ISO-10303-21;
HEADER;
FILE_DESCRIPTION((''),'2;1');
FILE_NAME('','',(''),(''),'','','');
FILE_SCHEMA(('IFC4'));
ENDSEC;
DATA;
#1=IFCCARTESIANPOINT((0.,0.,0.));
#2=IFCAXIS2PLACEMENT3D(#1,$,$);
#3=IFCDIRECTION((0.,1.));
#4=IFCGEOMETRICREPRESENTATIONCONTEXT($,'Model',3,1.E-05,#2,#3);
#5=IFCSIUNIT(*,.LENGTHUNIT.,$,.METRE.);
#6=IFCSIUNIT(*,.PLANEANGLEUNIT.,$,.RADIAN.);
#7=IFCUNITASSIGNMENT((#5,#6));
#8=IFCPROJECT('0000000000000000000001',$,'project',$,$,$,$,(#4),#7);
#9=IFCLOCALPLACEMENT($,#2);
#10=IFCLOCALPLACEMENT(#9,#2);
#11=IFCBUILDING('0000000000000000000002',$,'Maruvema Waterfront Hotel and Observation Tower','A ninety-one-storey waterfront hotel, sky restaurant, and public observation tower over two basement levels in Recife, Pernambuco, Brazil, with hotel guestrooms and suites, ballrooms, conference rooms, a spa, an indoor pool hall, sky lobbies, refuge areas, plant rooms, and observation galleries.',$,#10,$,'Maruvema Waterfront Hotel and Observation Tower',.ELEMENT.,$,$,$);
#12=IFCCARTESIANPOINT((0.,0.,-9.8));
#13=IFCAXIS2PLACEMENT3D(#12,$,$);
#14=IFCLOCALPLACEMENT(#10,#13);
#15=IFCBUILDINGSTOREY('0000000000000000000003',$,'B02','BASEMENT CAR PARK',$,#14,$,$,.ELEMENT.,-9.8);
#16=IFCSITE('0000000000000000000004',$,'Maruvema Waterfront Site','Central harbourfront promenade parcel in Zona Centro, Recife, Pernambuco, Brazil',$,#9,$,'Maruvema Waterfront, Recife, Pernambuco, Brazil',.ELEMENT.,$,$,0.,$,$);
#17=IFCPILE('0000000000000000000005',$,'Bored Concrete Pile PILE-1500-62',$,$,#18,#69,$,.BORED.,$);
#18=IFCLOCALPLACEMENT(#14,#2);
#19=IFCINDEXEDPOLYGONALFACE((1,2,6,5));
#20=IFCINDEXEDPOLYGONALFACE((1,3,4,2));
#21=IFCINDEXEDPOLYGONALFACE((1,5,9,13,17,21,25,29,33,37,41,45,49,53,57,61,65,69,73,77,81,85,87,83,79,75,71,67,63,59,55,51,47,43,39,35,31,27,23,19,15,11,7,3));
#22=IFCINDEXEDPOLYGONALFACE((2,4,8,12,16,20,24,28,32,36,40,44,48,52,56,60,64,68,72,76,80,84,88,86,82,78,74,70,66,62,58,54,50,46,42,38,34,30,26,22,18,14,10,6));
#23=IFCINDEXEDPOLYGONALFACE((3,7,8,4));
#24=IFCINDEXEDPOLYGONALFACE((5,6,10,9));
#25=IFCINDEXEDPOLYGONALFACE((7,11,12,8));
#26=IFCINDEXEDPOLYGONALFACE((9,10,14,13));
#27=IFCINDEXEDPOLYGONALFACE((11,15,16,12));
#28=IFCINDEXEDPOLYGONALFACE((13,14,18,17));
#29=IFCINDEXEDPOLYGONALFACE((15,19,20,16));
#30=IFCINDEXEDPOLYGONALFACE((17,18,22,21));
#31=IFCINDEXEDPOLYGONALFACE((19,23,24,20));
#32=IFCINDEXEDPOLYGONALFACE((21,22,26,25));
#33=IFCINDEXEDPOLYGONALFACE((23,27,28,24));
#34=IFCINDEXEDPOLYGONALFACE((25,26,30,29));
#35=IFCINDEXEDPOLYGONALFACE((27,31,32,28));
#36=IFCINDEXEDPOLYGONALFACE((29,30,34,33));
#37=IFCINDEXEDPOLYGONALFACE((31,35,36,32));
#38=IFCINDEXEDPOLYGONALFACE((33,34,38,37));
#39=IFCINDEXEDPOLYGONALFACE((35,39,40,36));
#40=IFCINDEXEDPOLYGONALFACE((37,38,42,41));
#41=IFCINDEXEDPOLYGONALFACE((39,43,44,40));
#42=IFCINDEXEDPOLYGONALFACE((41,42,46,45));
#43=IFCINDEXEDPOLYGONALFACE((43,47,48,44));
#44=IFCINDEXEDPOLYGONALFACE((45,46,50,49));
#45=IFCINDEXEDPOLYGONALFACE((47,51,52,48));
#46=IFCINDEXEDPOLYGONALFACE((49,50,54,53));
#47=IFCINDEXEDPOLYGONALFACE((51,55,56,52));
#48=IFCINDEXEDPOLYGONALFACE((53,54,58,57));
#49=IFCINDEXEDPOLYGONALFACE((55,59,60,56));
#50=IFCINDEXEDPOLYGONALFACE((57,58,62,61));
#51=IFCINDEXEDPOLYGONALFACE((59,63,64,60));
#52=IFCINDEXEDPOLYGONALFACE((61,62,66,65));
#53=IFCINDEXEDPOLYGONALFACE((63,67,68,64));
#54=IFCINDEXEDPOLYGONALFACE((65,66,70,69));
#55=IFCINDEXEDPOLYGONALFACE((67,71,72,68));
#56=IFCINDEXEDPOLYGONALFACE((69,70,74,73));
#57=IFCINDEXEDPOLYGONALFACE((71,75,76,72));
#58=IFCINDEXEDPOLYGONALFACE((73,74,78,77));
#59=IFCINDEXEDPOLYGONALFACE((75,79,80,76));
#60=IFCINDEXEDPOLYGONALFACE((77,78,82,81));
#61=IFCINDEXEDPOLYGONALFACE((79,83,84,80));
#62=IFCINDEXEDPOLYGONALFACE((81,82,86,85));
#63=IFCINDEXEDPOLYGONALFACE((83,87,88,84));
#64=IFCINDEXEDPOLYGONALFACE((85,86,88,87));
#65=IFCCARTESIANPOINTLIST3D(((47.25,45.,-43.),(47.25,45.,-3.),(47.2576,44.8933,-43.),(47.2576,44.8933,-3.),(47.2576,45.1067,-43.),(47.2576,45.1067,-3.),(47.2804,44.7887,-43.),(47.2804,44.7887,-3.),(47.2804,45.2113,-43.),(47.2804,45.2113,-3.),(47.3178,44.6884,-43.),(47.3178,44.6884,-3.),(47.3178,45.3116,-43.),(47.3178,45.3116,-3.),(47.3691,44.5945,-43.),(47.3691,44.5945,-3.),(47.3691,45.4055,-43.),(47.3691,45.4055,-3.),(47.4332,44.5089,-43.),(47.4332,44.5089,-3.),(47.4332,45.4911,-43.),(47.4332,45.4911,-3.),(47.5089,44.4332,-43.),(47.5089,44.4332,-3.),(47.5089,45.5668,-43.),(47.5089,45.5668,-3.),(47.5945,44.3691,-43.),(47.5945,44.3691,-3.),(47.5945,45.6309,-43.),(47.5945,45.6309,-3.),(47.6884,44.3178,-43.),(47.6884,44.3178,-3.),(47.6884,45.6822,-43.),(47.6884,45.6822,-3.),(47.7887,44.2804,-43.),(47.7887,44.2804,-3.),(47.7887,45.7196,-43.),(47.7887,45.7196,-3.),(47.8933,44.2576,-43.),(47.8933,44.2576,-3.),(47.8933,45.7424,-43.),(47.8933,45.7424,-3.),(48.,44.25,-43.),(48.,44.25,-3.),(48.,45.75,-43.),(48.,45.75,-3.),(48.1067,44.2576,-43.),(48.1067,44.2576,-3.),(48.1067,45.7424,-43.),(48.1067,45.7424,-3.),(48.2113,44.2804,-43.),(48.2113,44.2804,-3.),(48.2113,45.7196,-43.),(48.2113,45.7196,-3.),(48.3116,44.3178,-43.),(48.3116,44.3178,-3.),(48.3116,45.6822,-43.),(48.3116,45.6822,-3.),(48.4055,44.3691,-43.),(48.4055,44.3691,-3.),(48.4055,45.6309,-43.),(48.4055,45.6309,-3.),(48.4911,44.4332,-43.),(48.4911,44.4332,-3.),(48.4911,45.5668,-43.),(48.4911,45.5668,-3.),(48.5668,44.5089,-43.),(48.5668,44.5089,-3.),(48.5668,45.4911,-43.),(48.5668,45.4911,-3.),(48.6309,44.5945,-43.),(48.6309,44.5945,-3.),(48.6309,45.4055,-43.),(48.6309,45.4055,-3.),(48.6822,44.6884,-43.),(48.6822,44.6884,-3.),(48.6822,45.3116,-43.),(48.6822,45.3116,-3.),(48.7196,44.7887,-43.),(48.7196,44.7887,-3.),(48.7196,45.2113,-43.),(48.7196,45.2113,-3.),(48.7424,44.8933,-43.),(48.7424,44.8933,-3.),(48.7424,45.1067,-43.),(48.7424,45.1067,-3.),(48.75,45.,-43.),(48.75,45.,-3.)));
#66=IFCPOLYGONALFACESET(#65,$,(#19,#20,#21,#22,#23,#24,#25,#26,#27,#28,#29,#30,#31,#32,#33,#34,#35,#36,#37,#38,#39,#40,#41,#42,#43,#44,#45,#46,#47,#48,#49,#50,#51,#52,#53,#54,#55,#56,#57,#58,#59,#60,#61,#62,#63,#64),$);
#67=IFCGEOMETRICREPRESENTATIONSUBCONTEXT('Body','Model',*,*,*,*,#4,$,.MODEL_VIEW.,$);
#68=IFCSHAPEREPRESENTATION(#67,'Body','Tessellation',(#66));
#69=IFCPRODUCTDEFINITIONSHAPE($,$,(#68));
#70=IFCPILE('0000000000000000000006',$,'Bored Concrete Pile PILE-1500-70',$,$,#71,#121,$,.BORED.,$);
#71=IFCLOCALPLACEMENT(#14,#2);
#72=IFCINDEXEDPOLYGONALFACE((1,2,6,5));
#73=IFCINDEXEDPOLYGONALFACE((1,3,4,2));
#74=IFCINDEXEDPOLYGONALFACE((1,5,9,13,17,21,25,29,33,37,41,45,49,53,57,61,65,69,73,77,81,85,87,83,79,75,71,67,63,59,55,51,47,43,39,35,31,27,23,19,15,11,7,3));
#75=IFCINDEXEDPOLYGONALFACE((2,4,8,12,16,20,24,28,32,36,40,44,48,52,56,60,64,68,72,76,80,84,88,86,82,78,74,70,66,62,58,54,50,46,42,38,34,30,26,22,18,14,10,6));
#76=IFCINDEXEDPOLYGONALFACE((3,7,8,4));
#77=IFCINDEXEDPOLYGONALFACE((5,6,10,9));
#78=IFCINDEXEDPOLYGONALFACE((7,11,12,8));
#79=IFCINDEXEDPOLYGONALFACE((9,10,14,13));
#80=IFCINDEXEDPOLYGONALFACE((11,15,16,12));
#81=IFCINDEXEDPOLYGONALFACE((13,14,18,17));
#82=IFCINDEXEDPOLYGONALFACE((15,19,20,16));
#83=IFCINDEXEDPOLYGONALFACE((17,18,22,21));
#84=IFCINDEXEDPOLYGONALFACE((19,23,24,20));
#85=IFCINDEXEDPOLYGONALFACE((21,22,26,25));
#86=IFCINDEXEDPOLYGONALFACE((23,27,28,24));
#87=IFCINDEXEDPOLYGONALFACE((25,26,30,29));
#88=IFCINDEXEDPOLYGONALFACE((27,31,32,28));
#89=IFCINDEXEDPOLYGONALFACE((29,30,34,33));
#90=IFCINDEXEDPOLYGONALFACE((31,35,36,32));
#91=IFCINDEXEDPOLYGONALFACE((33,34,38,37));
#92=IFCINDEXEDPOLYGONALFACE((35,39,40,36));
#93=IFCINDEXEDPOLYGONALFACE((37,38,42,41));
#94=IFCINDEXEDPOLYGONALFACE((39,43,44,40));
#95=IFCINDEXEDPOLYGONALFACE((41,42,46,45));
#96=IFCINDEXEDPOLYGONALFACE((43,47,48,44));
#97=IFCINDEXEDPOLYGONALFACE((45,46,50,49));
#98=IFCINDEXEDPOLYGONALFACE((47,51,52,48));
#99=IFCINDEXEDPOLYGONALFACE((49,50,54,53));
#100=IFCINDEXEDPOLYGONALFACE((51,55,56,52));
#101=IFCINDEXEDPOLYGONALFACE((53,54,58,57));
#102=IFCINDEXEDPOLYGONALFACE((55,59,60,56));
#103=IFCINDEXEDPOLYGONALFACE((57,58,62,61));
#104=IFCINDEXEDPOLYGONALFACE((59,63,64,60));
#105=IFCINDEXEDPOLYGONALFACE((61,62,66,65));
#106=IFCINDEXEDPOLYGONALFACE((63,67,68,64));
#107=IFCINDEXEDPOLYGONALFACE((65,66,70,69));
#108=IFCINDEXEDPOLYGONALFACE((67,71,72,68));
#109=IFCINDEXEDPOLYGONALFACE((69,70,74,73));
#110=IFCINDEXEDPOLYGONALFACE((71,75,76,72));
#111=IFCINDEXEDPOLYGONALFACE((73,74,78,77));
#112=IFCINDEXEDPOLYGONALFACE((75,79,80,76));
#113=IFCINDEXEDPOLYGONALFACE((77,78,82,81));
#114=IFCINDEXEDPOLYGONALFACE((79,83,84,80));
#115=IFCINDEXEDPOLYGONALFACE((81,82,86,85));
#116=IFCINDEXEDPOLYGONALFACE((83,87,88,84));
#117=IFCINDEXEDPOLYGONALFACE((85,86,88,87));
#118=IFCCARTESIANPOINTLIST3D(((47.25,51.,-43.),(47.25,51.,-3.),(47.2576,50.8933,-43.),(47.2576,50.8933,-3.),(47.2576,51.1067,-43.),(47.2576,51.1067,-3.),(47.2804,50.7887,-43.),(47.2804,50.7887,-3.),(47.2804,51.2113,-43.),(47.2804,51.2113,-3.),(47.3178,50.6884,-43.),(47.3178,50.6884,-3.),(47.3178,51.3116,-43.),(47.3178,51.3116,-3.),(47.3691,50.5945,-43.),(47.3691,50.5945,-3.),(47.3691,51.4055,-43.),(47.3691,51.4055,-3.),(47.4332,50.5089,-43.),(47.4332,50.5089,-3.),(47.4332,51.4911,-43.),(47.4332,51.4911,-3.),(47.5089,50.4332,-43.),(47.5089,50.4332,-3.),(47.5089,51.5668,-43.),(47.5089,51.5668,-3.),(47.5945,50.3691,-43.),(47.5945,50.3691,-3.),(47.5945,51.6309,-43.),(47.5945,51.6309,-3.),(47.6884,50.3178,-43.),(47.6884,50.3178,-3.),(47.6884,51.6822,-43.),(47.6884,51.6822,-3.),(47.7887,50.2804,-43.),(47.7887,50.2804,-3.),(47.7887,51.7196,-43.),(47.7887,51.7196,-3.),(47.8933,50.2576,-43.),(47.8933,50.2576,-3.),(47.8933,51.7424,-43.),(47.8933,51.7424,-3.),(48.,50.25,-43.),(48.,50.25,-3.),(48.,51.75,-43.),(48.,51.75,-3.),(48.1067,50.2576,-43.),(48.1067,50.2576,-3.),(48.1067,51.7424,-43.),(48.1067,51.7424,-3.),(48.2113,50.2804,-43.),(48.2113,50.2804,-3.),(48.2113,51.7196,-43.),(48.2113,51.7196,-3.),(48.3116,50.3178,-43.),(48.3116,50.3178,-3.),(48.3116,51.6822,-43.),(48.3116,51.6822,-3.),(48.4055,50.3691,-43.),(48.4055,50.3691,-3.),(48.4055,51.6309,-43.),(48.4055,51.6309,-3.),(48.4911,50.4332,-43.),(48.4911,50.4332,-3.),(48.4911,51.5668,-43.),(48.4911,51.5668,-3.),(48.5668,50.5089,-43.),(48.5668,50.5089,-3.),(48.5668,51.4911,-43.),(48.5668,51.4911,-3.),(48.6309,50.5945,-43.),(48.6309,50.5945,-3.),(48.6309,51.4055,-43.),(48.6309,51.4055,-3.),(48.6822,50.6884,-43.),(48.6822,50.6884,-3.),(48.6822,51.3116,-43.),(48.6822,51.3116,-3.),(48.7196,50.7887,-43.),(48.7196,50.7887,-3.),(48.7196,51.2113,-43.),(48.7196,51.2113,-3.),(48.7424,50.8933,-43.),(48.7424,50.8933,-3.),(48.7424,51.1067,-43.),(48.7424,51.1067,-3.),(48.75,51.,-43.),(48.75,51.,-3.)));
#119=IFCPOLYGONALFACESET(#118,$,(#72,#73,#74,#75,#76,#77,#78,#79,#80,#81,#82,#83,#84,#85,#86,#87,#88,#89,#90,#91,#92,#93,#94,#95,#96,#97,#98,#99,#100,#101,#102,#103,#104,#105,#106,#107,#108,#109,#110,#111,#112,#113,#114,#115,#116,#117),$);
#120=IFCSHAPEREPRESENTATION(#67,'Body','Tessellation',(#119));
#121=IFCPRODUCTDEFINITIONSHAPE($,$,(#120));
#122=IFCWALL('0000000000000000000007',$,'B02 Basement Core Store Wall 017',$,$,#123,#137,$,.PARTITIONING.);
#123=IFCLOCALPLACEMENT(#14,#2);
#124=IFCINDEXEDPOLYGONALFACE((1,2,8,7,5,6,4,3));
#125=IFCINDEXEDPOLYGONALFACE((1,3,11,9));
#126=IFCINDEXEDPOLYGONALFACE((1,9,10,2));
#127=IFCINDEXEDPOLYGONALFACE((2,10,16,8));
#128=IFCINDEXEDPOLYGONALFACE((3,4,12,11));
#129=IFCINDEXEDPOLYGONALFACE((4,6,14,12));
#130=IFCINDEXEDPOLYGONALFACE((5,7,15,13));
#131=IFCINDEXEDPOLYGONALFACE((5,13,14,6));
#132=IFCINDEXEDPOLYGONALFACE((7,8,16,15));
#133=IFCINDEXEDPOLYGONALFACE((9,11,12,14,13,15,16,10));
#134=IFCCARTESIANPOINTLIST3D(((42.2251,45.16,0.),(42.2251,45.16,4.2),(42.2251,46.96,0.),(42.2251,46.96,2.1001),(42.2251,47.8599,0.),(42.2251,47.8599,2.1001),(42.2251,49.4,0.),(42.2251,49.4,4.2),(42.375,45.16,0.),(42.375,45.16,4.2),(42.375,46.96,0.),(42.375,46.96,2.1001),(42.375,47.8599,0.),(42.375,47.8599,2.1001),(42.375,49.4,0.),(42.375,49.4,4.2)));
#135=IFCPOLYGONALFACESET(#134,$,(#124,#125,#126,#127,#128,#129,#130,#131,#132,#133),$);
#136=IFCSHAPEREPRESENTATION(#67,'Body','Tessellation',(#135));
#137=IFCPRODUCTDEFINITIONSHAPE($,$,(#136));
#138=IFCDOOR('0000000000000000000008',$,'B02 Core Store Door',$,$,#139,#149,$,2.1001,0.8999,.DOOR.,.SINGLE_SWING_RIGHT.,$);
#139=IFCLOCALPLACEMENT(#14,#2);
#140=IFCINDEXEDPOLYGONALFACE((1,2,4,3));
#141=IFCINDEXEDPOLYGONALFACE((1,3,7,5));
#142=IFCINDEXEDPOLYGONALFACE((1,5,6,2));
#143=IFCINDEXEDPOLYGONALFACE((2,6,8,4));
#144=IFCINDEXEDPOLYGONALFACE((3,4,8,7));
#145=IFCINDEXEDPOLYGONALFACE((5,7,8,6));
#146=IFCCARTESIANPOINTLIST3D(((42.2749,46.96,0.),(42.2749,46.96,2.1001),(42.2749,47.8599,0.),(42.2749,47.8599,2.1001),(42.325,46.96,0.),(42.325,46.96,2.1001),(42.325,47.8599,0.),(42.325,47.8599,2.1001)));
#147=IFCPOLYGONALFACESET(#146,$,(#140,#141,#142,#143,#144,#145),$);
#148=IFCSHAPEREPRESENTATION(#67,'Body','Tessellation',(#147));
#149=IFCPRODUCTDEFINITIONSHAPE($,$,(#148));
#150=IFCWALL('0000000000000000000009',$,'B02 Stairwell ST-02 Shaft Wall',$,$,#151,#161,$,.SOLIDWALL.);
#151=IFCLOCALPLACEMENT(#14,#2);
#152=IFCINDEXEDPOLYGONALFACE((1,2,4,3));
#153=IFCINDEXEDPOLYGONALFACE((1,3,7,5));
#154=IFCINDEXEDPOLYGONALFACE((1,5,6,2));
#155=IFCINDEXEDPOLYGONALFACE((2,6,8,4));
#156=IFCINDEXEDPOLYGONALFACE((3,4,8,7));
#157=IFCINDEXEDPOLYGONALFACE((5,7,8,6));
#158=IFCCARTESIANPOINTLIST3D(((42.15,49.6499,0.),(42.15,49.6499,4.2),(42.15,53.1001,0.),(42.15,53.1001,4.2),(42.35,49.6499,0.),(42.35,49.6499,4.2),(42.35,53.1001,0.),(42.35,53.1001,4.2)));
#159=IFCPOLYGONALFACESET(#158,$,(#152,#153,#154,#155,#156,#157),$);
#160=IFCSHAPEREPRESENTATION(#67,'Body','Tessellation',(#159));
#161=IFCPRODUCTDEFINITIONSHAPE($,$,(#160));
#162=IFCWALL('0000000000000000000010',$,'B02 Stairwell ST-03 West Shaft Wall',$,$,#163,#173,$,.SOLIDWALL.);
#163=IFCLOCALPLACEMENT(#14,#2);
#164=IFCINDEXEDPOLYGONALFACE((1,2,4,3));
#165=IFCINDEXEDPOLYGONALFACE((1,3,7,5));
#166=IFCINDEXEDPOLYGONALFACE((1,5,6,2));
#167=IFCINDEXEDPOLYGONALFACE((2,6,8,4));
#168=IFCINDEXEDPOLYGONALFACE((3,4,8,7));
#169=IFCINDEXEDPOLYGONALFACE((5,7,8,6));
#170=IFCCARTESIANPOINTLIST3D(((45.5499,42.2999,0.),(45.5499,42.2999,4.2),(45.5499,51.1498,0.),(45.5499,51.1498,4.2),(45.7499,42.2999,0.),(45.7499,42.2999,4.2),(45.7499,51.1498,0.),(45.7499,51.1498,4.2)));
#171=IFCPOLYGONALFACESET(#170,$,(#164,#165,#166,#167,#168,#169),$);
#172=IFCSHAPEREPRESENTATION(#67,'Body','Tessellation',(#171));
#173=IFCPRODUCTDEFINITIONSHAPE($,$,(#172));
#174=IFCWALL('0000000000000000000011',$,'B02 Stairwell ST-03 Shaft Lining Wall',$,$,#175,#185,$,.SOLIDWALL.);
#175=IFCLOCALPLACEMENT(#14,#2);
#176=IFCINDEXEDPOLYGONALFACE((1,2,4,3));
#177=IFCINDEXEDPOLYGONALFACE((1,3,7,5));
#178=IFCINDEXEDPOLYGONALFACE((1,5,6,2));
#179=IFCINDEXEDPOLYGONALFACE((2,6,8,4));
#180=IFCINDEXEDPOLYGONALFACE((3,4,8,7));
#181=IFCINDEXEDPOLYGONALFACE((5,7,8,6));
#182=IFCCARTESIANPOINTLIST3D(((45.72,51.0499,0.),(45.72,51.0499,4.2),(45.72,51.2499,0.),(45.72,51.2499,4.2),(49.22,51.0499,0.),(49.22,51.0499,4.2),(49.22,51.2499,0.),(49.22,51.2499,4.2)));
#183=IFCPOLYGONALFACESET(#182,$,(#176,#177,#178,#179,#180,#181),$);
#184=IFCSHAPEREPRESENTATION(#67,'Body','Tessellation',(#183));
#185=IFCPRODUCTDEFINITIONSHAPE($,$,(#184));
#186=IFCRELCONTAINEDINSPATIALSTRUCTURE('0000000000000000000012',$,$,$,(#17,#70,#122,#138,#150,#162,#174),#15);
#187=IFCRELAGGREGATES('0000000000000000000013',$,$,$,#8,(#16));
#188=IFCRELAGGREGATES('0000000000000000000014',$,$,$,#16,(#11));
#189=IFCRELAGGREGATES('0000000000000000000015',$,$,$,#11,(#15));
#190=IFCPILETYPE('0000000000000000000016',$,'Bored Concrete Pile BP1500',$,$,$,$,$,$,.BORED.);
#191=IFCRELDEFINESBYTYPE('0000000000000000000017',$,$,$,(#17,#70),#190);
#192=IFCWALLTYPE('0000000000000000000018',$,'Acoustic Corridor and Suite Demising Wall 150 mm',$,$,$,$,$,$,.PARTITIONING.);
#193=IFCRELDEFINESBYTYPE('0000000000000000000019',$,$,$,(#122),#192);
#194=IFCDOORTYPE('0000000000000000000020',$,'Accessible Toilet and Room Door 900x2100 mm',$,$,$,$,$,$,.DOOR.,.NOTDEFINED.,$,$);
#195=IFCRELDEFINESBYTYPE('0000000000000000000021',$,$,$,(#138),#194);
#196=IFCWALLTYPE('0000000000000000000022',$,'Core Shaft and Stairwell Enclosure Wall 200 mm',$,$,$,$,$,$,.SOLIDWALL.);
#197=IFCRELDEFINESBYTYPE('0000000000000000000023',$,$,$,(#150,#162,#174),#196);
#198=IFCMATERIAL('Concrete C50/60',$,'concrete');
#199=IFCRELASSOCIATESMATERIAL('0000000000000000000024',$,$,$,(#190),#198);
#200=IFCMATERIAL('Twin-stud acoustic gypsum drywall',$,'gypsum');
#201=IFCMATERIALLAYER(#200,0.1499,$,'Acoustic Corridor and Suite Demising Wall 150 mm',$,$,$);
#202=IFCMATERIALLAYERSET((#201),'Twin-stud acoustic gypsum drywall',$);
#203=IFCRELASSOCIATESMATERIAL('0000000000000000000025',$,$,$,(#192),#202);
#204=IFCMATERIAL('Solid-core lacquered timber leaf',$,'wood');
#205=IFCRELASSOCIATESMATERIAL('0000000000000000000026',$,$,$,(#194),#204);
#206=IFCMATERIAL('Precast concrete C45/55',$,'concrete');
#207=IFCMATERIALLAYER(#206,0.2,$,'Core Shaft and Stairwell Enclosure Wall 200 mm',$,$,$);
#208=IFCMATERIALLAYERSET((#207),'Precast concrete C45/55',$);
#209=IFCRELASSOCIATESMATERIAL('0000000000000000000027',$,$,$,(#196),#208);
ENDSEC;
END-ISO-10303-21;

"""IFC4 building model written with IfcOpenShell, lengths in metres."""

from ifc_helpers import new_model, si_unit, direction, frame, frame_2d, origin, origin_2d, place, context, subcontext, project, spatial, rectangle, circle, extrude, material, layer, layer_set, material_profile, profile_set, type_object, element, fill, save


model = new_model("IFC4")

# Units and contexts
model_context = context("Model", 3, precision=1e-05, world=origin(), true_north=direction((0.0, 1.0)))
body_context = subcontext(model_context, "Body", "Model", "MODEL_VIEW")
ifc_project = project(units=[si_unit("LENGTHUNIT", "METRE"), si_unit("PLANEANGLEUNIT", "RADIAN")], contexts=[model_context])

# Site, building, storey
site_placement = place(None, origin())
site = spatial("IfcSite", under=ifc_project, at=site_placement, Name="Maruvema Waterfront Site", Description="Central harbourfront promenade parcel in Zona Centro, Recife, Pernambuco, Brazil", LongName="Maruvema Waterfront, Recife, Pernambuco, Brazil", CompositionType="ELEMENT", RefElevation=0.0)
building_placement = place(site_placement, origin())
building = spatial("IfcBuilding", under=site, at=building_placement, Name="Maruvema Waterfront Hotel and Observation Tower", Description="A ninety-one-storey waterfront hotel, sky restaurant, and public observation tower over two basement levels in Recife, Pernambuco, Brazil, with hotel guestrooms and suites, ballrooms, conference rooms, a spa, an indoor pool hall, sky lobbies, refuge areas, plant rooms, and observation galleries.", LongName="Maruvema Waterfront Hotel and Observation Tower", CompositionType="ELEMENT")
storey_placement = place(building_placement, frame((0.0, 0.0, -9.8)))
storey = spatial("IfcBuildingStorey", under=building, at=storey_placement, Name="B02", Description="BASEMENT CAR PARK", CompositionType="ELEMENT", Elevation=-9.8)

# Piles
ifc_material_1 = material(Name="Concrete C50/60", Category="concrete")
ifc_material_profile = material_profile(ifc_material_1, circle(Radius=0.75, at=origin_2d()), Name="BP1500")
ifc_profile_set = profile_set([ifc_material_profile], Name="Concrete C50/60")
pile_type = type_object("IfcPileType", Name="Bored Concrete Pile BP1500", PredefinedType="BORED", material=ifc_profile_set)
for number, where, z_axis, x_axis, name in (
    (1, (48.0, 45.0, -3.0), (0.0, 0.0, -1.0), (1.0, 0.0, 0.0), "Bored Concrete Pile PILE-1500-62"),
    (2, (48.0, 51.0, -3.0), (0.0, 0.0, -1.0), (1.0, 0.0, 0.0), "Bored Concrete Pile PILE-1500-70"),
):
    element("IfcPile", number, at=place(storey_placement, frame(where, z_axis=z_axis, x_axis=x_axis)), inside=storey, type_object=pile_type, Name=name, PredefinedType="BORED", context=body_context, shape_type="SweptSolid", body=[
        extrude(circle(Radius=0.75, at=origin_2d()), origin(), (0.0, 0.0, 1.0), 40.0),
    ])

# Wall, opening, door
ifc_material_2 = material(Name="Twin-stud acoustic gypsum drywall", Category="gypsum")
ifc_layer_1 = layer(ifc_material_2, 0.1499, Name="Acoustic Corridor and Suite Demising Wall 150 mm")
ifc_layer_set_1 = layer_set([ifc_layer_1], Name="Twin-stud acoustic gypsum drywall")
wall_type_1 = type_object("IfcWallType", Name="Acoustic Corridor and Suite Demising Wall 150 mm", PredefinedType="PARTITIONING", material=ifc_layer_set_1)
wall_1_placement = place(storey_placement, frame((42.3, 45.1599, 0.0), z_axis=(0.0, 0.0, 1.0), x_axis=(0.0, 1.0, 0.0)))
wall_1 = element("IfcWall", 3, at=wall_1_placement, inside=storey, type_object=wall_type_1, Name="B02 Basement Core Store Wall 017", PredefinedType="PARTITIONING", context=body_context, shape_type="SweptSolid", body=[
    extrude(rectangle(XDim=4.24, YDim=0.1499, at=frame_2d((2.1201, 0.0))), origin(), (0.0, 0.0, 1.0), 4.2),
])
opening_1_placement = place(wall_1_placement, frame((1.8, 0.0, 0.0)))
opening_1 = element("IfcOpeningElement", 4, at=opening_1_placement, cuts=wall_1, PredefinedType="OPENING", context=body_context, shape_type="SweptSolid", body=[
    extrude(rectangle(XDim=0.8999, YDim=2.1001, at=frame_2d((0.45, 1.05))), frame((0.0, 0.085, 0.0), z_axis=(0.0, -1.0, 0.0), x_axis=(1.0, 0.0, 0.0)), (0.0, 0.0, 1.0), 0.1699),
])
ifc_material_3 = material(Name="Solid-core lacquered timber leaf", Category="wood")
door_type_1 = type_object("IfcDoorType", Name="Accessible Toilet and Room Door 900x2100 mm", OperationType="NOTDEFINED", PredefinedType="DOOR", material=ifc_material_3)
door_1_placement = place(opening_1_placement, frame((0.8999, 0.0, 0.0), z_axis=(0.0, 0.0, 1.0), x_axis=(-1.0, 0.0, 0.0)))
door_1 = element("IfcDoor", 5, at=door_1_placement, inside=storey, type_object=door_type_1, Name="B02 Core Store Door", OperationType="SINGLE_SWING_RIGHT", OverallHeight=2.1001, OverallWidth=0.8999, PredefinedType="DOOR", context=body_context, shape_type="SweptSolid", body=[
    extrude(rectangle(XDim=0.8999, YDim=2.1001, at=frame_2d((0.45, 1.05))), frame((0.0, 0.0249, 0.0), z_axis=(0.0, -1.0, 0.0), x_axis=(1.0, 0.0, 0.0)), (0.0, 0.0, 1.0), 0.05),
])
fill(opening_1, door_1)

# Walls
ifc_material_4 = material(Name="Precast concrete C45/55", Category="concrete")
ifc_layer_2 = layer(ifc_material_4, 0.2, Name="Core Shaft and Stairwell Enclosure Wall 200 mm")
ifc_layer_set_2 = layer_set([ifc_layer_2], Name="Precast concrete C45/55")
wall_type_2 = type_object("IfcWallType", Name="Core Shaft and Stairwell Enclosure Wall 200 mm", PredefinedType="SOLIDWALL", material=ifc_layer_set_2)
wall_2_placement = place(storey_placement, frame((42.25, 49.6499, 0.0), z_axis=(0.0, 0.0, 1.0), x_axis=(0.0, 1.0, 0.0)))
element("IfcWall", 6, at=wall_2_placement, inside=storey, type_object=wall_type_2, Name="B02 Stairwell ST-02 Shaft Wall", PredefinedType="SOLIDWALL", context=body_context, shape_type="SweptSolid", body=[
    extrude(rectangle(XDim=3.4502, YDim=0.2, at=frame_2d((1.7251, 0.0))), origin(), (0.0, 0.0, 1.0), 4.2),
])
wall_3_placement = place(storey_placement, frame((45.6499, 42.3, 0.0), z_axis=(0.0, 0.0, 1.0), x_axis=(0.0, 1.0, 0.0)))
element("IfcWall", 7, at=wall_3_placement, inside=storey, type_object=wall_type_2, Name="B02 Stairwell ST-03 West Shaft Wall", PredefinedType="SOLIDWALL", context=body_context, shape_type="SweptSolid", body=[
    extrude(rectangle(XDim=8.8499, YDim=0.2, at=frame_2d((4.4248, 0.0))), origin(), (0.0, 0.0, 1.0), 4.2),
])
wall_4_placement = place(storey_placement, frame((45.72, 51.1499, 0.0), z_axis=(0.0, 0.0, 1.0), x_axis=(1.0, 0.0, 0.0)))
element("IfcWall", 8, at=wall_4_placement, inside=storey, type_object=wall_type_2, Name="B02 Stairwell ST-03 Shaft Lining Wall", PredefinedType="SOLIDWALL", context=body_context, shape_type="SweptSolid", body=[
    extrude(rectangle(XDim=3.5, YDim=0.2, at=frame_2d((1.75, 0.0))), origin(), (0.0, 0.0, 1.0), 4.2),
])

save(model, "model.ifc")
